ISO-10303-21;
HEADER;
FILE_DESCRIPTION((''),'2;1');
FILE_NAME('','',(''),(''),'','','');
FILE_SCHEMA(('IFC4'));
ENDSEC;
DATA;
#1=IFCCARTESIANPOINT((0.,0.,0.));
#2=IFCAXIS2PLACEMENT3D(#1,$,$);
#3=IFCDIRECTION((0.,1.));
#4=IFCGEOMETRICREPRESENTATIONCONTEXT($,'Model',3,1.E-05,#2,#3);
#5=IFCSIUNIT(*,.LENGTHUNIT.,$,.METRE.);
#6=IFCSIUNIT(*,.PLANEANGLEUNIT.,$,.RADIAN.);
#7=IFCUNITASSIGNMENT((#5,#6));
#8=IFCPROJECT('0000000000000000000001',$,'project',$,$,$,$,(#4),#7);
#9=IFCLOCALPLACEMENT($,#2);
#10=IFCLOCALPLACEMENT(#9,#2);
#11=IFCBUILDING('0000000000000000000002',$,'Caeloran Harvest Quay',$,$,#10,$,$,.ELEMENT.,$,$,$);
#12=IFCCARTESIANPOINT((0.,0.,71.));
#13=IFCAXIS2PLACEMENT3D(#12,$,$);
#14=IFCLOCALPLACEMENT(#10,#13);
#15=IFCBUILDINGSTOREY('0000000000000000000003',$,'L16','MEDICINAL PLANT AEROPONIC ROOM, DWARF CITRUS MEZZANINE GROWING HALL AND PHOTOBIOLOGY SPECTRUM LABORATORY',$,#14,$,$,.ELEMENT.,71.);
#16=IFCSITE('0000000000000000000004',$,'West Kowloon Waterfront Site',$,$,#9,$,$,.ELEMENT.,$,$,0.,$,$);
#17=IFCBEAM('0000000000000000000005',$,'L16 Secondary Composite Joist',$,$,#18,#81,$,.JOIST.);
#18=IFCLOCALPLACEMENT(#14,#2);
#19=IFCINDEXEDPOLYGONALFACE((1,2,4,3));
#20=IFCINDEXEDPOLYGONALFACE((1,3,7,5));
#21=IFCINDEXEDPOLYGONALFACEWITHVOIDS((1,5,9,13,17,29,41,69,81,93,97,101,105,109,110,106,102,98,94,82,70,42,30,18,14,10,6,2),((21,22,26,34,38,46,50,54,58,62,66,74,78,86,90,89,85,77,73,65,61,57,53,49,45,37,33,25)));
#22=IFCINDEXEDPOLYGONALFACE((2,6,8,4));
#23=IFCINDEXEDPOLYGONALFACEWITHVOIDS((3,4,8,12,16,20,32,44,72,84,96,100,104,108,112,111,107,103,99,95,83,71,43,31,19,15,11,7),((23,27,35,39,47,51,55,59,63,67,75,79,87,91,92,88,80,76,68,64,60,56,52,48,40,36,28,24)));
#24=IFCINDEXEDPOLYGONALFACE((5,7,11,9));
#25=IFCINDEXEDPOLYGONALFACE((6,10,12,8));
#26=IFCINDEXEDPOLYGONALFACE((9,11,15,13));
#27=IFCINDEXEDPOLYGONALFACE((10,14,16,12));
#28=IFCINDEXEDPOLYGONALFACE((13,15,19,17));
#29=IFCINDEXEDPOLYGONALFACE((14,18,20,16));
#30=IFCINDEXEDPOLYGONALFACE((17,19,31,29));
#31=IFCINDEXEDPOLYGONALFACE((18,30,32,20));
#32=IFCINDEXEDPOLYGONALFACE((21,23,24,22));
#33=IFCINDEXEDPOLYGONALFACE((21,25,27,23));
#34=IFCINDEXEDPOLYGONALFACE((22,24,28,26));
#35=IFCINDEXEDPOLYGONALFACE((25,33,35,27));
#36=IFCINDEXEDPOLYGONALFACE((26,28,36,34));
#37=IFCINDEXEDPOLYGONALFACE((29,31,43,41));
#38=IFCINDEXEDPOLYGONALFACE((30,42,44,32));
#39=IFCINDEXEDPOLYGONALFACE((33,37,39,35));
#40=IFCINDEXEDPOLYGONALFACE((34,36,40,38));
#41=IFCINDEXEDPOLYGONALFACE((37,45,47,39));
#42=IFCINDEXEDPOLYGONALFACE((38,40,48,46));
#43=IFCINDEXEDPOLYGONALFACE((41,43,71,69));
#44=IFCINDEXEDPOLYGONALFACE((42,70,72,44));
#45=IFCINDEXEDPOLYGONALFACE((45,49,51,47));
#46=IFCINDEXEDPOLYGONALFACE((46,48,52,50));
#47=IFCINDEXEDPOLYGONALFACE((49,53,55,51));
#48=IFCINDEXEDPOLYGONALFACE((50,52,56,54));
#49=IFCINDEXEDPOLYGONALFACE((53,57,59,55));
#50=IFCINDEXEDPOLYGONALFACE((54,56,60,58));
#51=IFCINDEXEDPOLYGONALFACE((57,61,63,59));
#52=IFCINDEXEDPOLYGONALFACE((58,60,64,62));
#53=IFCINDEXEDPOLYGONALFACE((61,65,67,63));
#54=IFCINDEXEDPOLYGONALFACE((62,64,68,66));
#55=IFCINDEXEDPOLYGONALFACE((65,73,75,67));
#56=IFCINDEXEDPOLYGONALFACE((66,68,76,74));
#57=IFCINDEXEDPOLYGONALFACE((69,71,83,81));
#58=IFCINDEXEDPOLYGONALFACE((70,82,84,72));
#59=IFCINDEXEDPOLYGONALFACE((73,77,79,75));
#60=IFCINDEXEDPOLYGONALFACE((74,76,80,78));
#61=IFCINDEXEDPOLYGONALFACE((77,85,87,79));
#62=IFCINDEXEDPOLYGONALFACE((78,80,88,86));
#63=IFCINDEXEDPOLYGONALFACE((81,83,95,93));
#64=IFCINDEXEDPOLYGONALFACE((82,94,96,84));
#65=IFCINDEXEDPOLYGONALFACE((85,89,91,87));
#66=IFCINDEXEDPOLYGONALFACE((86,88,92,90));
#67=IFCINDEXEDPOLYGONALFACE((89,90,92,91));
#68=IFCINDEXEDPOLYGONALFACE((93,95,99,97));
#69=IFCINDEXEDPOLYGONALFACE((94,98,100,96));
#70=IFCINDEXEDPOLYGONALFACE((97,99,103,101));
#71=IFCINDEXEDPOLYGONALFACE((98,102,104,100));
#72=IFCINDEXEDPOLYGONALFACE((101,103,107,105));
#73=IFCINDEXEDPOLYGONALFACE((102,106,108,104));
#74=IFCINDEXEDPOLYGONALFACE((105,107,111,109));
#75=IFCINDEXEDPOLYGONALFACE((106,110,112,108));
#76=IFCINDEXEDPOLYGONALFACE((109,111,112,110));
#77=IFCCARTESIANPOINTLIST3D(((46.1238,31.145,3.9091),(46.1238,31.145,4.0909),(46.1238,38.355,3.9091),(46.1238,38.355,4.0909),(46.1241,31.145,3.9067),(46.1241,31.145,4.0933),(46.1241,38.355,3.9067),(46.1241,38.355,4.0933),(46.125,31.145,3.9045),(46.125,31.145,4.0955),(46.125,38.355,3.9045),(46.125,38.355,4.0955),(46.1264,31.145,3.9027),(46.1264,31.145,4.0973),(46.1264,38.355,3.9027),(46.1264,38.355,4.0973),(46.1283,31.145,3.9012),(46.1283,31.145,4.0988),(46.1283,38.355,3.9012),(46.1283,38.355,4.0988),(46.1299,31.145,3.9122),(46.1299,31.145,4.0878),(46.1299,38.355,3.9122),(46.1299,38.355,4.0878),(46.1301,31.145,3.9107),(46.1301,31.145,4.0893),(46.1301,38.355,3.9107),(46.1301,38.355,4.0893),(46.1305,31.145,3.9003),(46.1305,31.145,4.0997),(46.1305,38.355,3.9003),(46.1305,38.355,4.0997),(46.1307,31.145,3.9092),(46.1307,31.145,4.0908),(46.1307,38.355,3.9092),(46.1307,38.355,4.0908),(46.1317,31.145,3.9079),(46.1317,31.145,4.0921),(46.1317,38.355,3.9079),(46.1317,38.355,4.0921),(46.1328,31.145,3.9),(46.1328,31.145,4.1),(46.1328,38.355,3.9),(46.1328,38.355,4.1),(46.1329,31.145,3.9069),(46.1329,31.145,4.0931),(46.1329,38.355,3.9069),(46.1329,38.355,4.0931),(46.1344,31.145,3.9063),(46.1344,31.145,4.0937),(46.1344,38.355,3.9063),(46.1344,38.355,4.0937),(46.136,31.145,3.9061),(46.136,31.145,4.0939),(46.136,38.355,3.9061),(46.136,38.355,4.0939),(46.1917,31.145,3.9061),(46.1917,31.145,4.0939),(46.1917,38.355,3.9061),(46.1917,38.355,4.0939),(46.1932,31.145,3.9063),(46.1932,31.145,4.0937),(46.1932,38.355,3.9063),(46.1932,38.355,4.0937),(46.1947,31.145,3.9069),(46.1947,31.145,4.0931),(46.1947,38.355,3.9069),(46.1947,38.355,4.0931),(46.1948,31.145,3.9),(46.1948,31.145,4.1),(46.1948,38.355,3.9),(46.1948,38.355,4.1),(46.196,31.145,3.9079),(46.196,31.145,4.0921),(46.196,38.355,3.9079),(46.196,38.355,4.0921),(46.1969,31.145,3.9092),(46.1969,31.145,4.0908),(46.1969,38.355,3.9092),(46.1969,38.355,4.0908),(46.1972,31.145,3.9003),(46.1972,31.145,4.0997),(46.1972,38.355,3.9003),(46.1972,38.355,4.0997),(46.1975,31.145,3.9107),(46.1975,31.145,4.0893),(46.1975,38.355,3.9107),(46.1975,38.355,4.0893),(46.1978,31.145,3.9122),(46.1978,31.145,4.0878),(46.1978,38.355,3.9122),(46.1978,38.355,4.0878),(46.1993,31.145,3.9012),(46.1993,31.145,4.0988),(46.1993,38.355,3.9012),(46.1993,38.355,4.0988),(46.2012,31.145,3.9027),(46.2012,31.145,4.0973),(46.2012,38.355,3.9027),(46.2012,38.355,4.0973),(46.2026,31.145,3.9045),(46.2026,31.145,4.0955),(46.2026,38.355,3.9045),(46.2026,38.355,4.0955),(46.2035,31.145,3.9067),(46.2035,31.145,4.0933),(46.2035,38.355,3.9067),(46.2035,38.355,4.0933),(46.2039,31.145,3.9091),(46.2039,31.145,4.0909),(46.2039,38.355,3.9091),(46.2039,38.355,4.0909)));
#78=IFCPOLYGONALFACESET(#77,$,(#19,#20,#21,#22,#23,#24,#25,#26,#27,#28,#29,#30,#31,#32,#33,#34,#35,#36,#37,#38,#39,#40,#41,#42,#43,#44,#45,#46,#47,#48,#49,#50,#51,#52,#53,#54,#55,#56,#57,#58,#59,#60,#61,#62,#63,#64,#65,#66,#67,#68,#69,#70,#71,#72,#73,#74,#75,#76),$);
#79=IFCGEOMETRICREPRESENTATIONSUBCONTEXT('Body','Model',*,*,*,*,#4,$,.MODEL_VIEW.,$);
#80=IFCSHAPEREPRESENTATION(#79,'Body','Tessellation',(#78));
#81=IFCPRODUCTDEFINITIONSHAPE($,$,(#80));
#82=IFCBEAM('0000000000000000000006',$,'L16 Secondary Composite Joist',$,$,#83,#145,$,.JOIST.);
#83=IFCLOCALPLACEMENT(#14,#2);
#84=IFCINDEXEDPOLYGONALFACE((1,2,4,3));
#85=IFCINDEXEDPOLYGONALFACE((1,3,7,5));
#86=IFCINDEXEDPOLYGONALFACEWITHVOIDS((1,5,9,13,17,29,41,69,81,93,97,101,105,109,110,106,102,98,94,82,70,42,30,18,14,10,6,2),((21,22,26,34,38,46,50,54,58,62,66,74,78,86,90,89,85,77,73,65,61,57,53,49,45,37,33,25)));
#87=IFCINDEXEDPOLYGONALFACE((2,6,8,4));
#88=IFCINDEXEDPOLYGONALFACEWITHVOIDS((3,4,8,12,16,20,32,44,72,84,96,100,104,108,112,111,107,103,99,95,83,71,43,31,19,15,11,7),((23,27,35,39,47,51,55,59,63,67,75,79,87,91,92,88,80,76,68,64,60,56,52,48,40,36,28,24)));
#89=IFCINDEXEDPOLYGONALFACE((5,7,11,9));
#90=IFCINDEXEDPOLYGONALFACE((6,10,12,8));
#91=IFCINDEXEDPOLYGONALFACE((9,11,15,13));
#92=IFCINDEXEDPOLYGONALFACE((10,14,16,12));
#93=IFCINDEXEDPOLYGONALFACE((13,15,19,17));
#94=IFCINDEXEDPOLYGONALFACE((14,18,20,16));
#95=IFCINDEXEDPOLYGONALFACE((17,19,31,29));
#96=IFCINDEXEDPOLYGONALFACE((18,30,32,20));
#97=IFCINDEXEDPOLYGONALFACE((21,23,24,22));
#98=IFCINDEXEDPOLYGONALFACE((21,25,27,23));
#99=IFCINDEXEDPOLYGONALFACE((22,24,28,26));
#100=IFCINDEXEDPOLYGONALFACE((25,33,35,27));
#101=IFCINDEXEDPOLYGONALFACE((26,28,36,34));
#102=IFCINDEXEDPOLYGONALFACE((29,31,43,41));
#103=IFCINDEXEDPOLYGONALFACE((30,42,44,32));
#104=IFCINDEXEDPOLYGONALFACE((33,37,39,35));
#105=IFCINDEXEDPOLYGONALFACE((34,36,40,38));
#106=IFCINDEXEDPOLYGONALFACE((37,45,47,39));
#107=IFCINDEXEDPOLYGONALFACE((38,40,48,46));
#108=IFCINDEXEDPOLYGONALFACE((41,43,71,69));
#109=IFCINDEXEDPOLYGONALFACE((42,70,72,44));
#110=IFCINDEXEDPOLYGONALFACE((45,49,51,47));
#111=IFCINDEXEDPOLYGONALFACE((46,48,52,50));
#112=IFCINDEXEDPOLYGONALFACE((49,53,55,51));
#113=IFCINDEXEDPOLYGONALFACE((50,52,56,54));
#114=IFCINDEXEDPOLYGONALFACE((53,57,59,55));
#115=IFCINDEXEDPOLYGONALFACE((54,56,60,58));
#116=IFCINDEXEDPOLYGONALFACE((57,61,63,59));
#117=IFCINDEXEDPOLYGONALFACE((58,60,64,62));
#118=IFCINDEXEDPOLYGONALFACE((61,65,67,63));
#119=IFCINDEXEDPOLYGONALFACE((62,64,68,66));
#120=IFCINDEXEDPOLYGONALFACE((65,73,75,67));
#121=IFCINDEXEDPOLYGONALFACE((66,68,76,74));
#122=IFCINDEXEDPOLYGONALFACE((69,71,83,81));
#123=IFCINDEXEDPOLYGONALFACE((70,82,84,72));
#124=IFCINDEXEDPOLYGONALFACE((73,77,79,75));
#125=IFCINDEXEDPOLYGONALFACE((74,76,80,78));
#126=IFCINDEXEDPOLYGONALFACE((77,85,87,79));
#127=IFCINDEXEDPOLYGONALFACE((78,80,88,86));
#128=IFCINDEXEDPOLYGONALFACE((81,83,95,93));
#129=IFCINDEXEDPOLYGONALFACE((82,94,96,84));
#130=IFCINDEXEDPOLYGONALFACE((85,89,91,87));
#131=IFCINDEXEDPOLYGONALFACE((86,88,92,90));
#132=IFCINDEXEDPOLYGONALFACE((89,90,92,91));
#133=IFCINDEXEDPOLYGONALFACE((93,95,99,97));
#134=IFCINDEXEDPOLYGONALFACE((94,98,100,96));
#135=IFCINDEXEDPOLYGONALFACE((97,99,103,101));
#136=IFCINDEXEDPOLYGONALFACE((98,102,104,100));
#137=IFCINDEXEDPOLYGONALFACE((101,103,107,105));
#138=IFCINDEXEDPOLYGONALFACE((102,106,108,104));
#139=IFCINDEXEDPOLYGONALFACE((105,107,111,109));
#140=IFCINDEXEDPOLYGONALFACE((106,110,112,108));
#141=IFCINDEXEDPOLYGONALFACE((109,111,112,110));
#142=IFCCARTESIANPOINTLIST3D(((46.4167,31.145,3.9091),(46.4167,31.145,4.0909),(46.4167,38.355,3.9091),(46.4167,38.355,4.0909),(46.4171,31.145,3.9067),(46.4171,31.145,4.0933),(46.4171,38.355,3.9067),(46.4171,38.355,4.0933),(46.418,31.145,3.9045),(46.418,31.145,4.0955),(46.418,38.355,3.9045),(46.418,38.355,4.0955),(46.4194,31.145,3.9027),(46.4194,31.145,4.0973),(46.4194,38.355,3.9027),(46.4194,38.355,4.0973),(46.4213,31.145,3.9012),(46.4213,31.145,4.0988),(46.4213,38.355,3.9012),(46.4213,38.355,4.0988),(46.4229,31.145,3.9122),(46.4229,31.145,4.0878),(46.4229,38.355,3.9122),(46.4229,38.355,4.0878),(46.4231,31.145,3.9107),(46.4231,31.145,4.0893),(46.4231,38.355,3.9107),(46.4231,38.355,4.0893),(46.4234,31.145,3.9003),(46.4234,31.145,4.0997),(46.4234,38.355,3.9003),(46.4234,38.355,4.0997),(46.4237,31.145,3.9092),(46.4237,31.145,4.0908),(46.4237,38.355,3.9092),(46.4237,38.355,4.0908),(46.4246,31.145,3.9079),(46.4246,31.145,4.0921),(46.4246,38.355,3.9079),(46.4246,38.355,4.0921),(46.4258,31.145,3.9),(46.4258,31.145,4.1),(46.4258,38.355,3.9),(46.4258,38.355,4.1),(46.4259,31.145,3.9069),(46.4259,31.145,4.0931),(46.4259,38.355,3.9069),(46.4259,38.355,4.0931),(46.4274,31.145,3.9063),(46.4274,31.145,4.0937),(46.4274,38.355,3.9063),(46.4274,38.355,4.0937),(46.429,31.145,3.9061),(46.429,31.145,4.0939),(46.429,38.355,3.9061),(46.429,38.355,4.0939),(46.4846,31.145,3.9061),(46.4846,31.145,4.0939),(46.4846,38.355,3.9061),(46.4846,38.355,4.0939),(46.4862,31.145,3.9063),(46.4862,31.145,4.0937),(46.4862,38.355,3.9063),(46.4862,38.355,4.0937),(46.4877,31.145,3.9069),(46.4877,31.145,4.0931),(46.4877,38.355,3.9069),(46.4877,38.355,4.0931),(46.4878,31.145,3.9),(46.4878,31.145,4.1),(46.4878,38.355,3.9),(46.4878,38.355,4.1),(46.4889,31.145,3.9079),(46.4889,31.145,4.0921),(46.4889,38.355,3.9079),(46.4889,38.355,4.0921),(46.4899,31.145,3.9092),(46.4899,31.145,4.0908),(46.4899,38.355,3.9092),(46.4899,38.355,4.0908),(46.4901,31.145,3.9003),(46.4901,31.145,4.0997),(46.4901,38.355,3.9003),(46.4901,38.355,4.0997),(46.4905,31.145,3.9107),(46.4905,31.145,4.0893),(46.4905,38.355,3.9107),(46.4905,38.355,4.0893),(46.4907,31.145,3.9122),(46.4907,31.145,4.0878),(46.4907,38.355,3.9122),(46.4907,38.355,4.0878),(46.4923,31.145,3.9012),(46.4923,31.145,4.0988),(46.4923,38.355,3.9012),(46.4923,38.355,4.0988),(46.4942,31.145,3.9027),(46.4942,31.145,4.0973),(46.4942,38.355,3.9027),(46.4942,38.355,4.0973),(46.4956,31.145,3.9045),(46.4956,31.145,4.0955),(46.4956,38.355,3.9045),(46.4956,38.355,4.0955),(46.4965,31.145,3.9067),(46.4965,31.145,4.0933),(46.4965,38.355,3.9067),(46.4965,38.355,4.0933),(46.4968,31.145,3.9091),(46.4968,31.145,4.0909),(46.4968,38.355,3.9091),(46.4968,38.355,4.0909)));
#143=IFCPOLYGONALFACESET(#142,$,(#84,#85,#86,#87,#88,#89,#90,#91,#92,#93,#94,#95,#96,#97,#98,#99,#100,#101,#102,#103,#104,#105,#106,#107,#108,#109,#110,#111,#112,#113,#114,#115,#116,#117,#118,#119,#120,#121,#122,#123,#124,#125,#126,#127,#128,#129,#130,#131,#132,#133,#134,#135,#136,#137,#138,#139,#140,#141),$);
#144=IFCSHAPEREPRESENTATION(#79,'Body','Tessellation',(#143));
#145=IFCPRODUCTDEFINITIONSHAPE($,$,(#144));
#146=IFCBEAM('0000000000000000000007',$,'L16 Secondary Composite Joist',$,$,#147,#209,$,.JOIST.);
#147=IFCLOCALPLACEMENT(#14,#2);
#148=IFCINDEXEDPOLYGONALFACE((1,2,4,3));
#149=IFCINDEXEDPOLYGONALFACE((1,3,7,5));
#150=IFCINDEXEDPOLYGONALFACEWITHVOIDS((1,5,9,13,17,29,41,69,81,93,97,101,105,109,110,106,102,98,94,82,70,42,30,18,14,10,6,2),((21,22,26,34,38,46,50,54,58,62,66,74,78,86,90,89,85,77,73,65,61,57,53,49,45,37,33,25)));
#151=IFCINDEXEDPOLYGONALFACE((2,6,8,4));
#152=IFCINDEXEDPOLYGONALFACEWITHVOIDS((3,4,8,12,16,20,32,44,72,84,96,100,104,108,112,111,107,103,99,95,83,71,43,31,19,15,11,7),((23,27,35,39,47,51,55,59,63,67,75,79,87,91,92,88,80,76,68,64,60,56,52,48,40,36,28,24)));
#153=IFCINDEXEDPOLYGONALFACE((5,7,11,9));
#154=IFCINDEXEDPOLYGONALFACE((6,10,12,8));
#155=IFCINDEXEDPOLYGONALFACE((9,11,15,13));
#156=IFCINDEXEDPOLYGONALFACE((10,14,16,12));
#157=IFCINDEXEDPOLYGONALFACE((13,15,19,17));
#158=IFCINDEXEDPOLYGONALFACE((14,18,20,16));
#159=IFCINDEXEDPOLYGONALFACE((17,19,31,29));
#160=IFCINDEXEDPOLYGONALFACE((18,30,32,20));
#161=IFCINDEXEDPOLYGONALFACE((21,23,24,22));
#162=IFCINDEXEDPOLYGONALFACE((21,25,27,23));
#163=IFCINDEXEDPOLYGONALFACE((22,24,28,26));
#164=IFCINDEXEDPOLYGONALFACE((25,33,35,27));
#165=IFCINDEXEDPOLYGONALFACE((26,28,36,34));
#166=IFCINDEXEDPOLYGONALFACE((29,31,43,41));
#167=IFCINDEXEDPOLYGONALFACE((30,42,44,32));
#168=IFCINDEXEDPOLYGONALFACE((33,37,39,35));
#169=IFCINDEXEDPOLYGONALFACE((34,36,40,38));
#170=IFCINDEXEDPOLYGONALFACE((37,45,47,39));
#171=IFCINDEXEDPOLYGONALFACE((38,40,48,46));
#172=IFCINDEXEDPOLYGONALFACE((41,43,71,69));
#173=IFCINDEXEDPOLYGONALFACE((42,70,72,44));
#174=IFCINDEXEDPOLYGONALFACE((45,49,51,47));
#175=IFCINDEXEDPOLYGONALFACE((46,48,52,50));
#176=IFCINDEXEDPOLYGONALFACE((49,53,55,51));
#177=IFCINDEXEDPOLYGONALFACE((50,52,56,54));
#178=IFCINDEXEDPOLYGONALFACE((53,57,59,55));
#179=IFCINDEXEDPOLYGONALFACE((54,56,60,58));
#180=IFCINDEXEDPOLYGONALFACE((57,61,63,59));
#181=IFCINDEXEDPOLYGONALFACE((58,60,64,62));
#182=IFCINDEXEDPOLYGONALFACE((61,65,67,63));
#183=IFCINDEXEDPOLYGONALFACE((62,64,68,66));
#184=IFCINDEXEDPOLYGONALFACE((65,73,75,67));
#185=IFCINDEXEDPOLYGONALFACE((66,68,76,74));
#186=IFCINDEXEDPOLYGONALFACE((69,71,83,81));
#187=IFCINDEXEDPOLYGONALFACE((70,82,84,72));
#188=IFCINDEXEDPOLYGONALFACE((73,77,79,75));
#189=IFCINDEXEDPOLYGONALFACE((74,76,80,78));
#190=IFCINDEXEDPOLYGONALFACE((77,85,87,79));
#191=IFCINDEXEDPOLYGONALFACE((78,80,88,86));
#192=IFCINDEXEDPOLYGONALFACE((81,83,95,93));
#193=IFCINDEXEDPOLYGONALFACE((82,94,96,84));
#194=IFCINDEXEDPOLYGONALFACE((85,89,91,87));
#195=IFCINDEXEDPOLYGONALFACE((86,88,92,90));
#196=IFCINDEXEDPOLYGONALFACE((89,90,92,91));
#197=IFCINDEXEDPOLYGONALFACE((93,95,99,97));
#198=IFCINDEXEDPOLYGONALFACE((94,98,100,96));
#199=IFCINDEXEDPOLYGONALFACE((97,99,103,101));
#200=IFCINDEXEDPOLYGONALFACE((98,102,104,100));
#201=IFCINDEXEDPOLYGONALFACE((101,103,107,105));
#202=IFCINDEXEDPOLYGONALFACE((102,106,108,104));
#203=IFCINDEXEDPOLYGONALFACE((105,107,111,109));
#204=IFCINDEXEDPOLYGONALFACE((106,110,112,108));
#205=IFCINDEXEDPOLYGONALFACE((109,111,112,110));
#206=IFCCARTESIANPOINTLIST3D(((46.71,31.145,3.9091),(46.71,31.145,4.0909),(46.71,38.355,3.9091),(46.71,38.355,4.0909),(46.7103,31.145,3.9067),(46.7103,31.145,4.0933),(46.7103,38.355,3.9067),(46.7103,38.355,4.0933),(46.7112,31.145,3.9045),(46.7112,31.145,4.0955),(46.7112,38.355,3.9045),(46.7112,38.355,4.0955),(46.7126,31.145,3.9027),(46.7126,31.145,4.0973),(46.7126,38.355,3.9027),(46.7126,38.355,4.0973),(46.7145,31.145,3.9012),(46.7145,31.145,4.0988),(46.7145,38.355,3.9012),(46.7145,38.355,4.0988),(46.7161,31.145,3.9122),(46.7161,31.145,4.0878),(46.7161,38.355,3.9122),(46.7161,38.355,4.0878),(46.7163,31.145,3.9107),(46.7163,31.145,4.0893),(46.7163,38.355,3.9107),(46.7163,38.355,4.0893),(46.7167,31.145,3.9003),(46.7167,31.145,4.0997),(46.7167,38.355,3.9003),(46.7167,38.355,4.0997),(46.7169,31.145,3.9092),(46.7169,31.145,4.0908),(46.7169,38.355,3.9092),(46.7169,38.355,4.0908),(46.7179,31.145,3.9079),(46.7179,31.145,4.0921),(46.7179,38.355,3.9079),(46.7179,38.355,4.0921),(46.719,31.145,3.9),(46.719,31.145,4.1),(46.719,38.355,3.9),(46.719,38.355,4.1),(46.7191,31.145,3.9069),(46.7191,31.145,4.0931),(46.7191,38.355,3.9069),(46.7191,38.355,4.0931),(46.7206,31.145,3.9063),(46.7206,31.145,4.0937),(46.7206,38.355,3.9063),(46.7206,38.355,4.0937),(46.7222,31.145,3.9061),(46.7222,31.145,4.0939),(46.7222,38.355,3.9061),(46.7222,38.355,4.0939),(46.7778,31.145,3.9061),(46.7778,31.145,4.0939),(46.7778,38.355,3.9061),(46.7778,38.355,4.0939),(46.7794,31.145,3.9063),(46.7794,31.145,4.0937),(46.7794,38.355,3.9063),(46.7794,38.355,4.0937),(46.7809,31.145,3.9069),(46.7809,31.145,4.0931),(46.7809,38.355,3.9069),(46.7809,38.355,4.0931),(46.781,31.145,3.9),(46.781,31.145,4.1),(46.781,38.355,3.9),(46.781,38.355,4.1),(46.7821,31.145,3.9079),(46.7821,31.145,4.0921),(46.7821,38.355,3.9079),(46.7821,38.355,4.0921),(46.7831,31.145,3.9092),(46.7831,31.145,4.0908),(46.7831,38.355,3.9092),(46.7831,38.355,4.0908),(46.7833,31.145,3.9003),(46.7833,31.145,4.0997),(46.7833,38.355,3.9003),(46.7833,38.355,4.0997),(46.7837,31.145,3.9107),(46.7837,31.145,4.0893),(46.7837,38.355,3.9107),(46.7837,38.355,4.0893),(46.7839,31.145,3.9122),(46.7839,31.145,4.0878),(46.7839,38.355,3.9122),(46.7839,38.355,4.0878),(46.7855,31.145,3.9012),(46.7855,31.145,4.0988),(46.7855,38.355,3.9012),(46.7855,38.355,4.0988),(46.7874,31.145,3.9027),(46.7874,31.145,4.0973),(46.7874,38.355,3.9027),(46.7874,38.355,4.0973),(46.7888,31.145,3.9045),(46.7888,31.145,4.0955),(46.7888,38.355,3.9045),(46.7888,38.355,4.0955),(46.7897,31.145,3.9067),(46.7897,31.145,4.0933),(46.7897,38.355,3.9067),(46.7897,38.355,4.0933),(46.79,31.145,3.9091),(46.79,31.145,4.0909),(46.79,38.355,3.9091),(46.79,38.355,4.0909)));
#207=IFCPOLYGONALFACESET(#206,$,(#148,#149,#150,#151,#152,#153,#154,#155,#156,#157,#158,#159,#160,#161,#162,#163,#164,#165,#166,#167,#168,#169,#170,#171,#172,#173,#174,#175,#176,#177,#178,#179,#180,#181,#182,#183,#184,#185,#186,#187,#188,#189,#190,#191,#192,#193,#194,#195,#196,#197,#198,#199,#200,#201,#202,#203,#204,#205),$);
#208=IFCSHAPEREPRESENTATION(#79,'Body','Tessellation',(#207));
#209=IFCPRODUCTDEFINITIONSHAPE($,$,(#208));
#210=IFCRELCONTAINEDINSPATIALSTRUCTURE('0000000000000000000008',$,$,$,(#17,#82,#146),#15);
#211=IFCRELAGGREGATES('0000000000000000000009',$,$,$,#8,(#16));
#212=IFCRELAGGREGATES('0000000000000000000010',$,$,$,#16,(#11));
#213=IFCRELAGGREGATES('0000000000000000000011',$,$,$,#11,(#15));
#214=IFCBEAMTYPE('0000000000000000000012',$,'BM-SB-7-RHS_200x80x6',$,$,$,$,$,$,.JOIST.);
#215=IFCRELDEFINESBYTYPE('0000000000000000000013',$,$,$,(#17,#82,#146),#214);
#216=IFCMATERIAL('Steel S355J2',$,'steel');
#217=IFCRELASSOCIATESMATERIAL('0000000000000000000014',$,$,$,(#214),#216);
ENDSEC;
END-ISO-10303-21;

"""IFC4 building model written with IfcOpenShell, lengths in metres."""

from ifc_helpers import new_model, si_unit, direction, frame, origin, origin_2d, place, context, subcontext, project, spatial, hollow_rectangle, extrude, material, material_profile, profile_set, type_object, element, save


model = new_model("IFC4")

# Units and contexts
model_context = context("Model", 3, precision=1e-05, world=origin(), true_north=direction((0.0, 1.0)))
body_context = subcontext(model_context, "Body", "Model", "MODEL_VIEW")
ifc_project = project(units=[si_unit("LENGTHUNIT", "METRE"), si_unit("PLANEANGLEUNIT", "RADIAN")], contexts=[model_context])

# Site, building, storey
site_placement = place(None, origin())
site = spatial("IfcSite", under=ifc_project, at=site_placement, Name="West Kowloon Waterfront Site", CompositionType="ELEMENT", RefElevation=0.0)
building_placement = place(site_placement, origin())
building = spatial("IfcBuilding", under=site, at=building_placement, Name="Caeloran Harvest Quay", CompositionType="ELEMENT")
storey_placement = place(building_placement, frame((0.0, 0.0, 71.0)))
storey = spatial("IfcBuildingStorey", under=building, at=storey_placement, Name="L16", Description="MEDICINAL PLANT AEROPONIC ROOM, DWARF CITRUS MEZZANINE GROWING HALL AND PHOTOBIOLOGY SPECTRUM LABORATORY", CompositionType="ELEMENT", Elevation=71.0)

# Beams
ifc_material_1 = material(Name="Steel S355J2", Category="steel")
ifc_material_profile_1 = material_profile(ifc_material_1, hollow_rectangle(XDim=0.0801, YDim=0.2, WallThickness=0.0061, InnerFilletRadius=0.0061, OuterFilletRadius=0.009, at=origin_2d()), Name="RHS 200x80x6")
ifc_profile_set_1 = profile_set([ifc_material_profile_1], Name="Steel S355J2")
beam_type_1 = type_object("IfcBeamType", Name="BM-SB-7-RHS_200x80x6", PredefinedType="JOIST", material=ifc_profile_set_1)
for number, where, z_axis, x_axis, name in (
    (1, (46.1638, 31.145, 4.0), (0.0, 1.0, 0.0), (-1.0, 0.0, 0.0), "L16 Secondary Composite Joist"),
    (2, (46.4568, 31.145, 4.0), (0.0, 1.0, 0.0), (-1.0, 0.0, 0.0), "L16 Secondary Composite Joist"),
    (3, (46.75, 31.145, 4.0), (0.0, 1.0, 0.0), (-1.0, 0.0, 0.0), "L16 Secondary Composite Joist"),
):
    element("IfcBeam", number, at=place(storey_placement, frame(where, z_axis=z_axis, x_axis=x_axis)), inside=storey, type_object=beam_type_1, Name=name, PredefinedType="JOIST", context=body_context, shape_type="SweptSolid", body=[
        extrude(hollow_rectangle(XDim=0.0801, YDim=0.2, WallThickness=0.0061, InnerFilletRadius=0.0061, OuterFilletRadius=0.009, at=origin_2d()), origin(), (0.0, 0.0, 1.0), 7.21),
    ])

save(model, "model.ifc")
